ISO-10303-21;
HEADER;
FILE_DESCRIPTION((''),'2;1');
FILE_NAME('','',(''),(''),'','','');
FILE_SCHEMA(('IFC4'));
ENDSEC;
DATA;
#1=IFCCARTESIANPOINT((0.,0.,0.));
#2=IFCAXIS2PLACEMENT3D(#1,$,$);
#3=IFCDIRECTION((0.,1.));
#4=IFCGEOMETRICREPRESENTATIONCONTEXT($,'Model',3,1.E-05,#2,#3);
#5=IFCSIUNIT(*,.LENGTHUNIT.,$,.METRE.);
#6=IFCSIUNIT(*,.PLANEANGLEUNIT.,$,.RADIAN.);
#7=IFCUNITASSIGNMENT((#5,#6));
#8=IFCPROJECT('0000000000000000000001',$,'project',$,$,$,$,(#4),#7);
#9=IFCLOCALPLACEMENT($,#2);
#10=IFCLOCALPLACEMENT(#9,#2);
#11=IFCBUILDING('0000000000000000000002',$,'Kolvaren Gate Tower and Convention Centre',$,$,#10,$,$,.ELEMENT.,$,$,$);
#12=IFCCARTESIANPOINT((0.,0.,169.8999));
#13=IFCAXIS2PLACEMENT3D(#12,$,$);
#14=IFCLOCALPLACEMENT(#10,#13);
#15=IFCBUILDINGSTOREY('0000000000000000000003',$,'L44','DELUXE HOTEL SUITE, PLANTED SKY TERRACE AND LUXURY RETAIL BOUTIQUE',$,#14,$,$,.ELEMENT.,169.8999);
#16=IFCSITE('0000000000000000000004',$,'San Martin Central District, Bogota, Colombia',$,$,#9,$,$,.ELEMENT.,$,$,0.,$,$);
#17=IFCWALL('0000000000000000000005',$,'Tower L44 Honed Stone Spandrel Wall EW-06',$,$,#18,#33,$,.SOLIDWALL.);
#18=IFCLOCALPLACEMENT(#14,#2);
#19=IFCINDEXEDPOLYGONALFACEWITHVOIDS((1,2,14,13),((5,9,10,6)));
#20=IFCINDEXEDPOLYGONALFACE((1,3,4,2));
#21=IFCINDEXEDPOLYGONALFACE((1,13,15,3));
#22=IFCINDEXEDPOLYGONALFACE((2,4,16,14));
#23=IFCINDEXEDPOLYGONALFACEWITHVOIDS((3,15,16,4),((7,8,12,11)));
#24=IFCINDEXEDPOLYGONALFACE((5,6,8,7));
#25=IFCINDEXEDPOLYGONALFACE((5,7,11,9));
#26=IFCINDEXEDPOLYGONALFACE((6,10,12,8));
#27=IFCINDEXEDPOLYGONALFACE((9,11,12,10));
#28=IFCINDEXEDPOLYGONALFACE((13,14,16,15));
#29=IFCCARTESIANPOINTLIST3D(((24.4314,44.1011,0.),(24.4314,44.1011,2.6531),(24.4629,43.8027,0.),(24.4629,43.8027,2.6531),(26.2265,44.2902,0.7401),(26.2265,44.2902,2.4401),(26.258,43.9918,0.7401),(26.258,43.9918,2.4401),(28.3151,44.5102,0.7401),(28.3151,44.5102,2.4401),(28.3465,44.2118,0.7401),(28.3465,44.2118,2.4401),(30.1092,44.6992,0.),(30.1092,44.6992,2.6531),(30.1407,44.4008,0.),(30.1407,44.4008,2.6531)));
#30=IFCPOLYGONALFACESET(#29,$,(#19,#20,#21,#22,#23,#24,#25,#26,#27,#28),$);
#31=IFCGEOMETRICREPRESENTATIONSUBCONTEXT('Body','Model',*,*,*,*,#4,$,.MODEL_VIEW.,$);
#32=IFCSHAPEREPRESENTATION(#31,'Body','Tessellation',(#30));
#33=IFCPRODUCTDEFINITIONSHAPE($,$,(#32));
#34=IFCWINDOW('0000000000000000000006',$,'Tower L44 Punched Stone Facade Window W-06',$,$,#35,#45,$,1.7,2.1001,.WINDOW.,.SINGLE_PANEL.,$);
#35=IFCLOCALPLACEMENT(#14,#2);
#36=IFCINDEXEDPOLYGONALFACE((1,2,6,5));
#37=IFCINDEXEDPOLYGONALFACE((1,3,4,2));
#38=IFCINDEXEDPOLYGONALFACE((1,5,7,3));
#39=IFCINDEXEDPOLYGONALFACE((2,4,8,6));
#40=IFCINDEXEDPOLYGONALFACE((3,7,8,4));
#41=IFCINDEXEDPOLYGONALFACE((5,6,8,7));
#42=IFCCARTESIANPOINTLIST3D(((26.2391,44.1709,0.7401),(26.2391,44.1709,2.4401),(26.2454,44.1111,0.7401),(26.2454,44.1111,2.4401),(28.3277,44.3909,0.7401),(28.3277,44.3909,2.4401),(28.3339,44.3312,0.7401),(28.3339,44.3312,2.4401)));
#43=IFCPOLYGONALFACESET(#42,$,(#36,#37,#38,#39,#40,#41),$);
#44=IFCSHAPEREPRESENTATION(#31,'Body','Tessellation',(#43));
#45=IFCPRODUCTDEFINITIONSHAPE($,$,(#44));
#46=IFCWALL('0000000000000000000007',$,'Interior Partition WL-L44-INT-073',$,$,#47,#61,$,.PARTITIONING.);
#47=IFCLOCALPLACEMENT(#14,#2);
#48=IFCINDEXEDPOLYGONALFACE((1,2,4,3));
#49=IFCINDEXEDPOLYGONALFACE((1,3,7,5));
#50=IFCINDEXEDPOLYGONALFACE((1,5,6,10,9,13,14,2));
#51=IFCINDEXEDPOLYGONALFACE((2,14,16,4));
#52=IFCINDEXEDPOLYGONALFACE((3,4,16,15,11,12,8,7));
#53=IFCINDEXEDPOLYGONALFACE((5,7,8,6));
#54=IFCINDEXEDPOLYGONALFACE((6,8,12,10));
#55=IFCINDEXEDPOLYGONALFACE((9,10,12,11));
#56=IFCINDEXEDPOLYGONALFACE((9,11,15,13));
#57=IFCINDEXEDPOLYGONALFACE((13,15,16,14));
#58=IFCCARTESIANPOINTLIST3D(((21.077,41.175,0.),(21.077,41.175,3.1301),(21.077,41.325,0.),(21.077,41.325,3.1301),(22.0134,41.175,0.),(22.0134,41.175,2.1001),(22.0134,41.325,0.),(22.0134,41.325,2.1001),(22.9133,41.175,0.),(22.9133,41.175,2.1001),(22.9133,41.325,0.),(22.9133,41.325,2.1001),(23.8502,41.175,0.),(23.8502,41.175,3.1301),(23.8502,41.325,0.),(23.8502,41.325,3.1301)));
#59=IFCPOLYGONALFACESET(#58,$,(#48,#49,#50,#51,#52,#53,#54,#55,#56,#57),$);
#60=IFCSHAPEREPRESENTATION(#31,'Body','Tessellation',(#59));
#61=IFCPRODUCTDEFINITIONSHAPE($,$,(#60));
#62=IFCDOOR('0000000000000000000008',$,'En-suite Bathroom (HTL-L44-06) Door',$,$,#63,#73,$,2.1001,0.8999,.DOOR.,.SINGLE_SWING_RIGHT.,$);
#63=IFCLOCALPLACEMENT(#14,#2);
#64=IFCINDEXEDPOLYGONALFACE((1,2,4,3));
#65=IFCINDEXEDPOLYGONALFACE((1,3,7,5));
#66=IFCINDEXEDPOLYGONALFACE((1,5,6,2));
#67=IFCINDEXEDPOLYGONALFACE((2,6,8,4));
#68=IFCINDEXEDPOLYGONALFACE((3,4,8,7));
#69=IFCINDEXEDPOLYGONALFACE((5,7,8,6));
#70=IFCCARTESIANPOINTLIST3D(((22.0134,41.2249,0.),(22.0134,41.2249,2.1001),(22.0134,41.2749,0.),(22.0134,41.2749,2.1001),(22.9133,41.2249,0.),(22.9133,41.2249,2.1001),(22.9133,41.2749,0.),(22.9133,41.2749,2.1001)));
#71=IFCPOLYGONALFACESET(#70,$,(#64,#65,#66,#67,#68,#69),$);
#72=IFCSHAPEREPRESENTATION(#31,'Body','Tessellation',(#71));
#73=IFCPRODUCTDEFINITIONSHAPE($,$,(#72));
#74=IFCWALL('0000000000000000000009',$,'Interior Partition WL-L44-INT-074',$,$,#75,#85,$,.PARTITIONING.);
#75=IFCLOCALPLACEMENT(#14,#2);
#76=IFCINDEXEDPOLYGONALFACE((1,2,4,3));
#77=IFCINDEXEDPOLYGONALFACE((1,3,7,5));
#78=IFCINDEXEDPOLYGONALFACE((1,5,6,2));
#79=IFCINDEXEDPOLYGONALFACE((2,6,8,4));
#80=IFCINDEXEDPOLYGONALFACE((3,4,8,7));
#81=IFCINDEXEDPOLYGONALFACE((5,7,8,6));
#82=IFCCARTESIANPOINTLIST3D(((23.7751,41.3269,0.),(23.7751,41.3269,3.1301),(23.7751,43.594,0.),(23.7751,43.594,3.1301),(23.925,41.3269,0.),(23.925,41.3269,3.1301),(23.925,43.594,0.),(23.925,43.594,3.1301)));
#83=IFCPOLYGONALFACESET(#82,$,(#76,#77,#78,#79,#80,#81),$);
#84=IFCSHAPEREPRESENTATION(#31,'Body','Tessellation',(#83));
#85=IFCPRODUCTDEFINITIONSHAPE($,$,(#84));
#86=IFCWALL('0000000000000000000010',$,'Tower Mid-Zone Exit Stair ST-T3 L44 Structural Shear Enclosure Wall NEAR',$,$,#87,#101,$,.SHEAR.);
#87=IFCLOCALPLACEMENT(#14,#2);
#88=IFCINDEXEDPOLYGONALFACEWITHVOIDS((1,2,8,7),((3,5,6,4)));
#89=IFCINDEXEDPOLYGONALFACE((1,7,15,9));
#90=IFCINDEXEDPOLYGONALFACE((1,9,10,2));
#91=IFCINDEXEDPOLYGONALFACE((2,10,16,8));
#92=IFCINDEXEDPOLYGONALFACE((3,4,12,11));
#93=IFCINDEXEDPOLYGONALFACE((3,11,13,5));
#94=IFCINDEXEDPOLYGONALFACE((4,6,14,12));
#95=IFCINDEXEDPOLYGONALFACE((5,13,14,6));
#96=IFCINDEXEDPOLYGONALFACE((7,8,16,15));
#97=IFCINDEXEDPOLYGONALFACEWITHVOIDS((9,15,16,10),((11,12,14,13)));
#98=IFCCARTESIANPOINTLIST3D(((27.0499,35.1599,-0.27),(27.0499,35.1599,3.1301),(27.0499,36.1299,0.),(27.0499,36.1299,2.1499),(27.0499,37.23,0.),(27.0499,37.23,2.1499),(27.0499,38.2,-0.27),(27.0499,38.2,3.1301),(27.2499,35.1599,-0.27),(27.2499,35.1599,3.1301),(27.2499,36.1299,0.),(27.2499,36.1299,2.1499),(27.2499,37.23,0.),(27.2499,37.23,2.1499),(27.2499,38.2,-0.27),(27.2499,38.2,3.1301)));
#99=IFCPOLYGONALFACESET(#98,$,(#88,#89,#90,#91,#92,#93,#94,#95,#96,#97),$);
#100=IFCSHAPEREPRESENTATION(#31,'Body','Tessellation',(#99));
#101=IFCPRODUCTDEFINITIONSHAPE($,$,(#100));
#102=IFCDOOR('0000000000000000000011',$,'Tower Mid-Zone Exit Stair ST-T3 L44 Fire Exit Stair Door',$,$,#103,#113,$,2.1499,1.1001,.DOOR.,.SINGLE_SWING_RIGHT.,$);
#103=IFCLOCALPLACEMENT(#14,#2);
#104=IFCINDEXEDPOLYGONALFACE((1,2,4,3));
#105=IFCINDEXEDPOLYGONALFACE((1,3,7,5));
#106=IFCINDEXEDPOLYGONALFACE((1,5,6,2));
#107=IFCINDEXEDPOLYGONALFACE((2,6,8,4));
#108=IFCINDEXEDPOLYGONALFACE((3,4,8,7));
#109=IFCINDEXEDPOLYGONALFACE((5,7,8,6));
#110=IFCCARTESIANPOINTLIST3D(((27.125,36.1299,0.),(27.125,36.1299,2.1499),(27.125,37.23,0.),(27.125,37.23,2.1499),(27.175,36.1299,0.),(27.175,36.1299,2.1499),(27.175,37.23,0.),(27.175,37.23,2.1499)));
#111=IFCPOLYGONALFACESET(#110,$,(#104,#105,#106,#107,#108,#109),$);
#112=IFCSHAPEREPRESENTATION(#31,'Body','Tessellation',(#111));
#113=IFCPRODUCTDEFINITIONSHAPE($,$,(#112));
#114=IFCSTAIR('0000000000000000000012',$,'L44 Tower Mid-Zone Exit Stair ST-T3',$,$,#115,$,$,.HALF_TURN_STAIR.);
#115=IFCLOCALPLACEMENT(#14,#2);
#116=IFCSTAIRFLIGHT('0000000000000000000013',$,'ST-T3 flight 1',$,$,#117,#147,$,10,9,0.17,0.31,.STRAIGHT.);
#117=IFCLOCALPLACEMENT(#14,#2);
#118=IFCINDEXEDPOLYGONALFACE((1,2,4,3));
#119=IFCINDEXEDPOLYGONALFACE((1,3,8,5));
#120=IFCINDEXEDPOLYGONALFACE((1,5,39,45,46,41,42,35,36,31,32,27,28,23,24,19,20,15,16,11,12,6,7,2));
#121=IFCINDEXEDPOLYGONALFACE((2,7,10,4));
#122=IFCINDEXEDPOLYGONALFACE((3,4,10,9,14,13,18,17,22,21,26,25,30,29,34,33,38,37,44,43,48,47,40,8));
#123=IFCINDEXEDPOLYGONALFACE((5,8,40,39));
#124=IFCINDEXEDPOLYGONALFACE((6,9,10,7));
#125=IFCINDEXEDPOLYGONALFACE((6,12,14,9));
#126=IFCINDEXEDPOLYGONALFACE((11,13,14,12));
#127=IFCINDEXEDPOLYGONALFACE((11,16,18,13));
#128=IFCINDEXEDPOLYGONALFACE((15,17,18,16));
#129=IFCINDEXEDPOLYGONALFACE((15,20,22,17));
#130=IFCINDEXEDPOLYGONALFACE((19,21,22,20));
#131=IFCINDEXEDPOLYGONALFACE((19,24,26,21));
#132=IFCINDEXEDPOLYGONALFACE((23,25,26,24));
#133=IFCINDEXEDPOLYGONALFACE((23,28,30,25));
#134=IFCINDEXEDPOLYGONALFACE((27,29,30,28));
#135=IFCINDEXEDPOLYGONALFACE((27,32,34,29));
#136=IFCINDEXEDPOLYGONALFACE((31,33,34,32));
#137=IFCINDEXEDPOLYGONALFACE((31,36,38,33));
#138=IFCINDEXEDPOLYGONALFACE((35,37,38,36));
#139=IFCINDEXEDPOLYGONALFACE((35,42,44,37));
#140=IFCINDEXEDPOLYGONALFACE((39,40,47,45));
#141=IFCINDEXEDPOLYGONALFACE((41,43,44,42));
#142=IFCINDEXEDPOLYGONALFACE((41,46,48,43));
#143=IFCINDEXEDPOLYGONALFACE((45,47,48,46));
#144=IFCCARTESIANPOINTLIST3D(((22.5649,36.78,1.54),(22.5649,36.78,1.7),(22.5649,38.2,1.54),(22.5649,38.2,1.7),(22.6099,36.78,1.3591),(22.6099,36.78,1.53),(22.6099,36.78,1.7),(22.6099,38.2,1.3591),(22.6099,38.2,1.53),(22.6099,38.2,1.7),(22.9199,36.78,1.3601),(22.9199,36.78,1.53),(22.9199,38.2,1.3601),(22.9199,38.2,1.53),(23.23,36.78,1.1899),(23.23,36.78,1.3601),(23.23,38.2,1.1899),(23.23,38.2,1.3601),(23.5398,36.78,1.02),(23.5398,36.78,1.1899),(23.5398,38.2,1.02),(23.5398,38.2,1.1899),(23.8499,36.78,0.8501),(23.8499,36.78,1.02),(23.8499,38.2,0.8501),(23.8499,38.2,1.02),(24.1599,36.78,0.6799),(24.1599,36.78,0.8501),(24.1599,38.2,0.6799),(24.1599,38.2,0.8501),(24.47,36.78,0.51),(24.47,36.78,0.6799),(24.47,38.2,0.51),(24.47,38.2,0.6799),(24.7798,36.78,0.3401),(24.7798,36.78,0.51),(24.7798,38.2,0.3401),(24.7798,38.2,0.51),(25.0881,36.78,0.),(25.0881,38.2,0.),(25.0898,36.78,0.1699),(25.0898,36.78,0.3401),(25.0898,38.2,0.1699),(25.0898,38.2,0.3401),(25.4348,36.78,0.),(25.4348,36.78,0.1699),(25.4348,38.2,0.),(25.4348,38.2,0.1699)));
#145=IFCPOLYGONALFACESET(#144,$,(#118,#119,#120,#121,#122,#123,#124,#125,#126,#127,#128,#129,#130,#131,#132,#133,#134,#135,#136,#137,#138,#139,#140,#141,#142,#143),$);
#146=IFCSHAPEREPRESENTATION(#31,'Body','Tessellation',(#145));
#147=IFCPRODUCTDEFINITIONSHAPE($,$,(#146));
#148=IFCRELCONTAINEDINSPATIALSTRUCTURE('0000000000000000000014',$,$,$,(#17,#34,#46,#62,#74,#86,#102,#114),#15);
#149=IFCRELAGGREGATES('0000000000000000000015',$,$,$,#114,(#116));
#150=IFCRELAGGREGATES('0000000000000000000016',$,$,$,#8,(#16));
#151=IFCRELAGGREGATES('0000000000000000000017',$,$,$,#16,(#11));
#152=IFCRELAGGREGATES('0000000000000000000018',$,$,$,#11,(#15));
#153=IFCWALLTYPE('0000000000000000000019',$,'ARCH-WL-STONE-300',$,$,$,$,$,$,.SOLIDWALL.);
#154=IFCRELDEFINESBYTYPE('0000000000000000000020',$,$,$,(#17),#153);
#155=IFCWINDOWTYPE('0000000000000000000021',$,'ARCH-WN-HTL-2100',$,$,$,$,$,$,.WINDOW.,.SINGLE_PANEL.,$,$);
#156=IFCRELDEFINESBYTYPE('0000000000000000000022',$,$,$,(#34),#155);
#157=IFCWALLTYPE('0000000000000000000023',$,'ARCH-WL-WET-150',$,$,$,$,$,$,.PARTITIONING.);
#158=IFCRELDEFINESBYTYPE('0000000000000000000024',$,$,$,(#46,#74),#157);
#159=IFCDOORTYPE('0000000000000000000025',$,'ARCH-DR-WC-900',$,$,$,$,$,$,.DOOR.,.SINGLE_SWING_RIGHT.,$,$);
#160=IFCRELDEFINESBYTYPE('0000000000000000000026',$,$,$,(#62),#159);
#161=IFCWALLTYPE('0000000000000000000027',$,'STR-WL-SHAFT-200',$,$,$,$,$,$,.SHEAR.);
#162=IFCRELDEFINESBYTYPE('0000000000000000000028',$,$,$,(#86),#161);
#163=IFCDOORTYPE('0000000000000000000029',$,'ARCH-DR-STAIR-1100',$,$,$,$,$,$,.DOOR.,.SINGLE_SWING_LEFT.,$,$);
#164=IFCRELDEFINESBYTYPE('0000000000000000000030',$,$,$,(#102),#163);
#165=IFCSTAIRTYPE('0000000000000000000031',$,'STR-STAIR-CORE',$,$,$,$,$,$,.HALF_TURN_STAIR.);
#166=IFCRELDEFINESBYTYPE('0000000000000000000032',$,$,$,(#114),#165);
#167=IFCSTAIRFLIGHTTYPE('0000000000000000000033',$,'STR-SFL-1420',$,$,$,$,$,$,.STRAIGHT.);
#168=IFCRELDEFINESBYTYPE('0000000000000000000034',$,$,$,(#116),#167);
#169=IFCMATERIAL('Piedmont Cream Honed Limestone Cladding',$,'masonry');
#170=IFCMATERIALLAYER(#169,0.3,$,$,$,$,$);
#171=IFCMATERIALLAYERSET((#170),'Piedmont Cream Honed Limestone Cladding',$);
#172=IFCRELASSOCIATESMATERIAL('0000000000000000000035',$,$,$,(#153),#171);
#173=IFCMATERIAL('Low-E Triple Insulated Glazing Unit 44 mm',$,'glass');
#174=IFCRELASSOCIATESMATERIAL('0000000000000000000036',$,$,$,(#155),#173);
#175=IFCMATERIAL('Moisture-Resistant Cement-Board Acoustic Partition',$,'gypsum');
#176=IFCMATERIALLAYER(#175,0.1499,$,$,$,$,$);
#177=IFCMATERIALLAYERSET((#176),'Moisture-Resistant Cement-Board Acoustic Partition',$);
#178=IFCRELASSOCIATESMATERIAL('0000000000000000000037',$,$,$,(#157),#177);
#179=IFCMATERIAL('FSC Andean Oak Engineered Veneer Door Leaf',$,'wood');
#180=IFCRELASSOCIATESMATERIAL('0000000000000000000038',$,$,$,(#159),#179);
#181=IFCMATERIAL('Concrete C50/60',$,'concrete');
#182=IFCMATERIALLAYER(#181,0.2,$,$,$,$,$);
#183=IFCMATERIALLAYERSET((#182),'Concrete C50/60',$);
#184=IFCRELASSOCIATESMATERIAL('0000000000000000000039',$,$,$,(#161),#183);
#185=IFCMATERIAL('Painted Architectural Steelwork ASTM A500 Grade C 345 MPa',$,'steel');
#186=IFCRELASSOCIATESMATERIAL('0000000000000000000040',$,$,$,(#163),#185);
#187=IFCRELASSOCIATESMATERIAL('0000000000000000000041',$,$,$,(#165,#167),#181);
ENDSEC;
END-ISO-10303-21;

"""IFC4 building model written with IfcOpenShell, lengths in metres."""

from ifc_helpers import new_model, si_unit, direction, frame, frame_2d, origin, place, context, subcontext, project, spatial, polyline, rectangle, outline, extrude, material, layer, layer_set, type_object, element, fill, aggregate, save


model = new_model("IFC4")

# Units and contexts
model_context = context("Model", 3, precision=1e-05, world=origin(), true_north=direction((0.0, 1.0)))
body_context = subcontext(model_context, "Body", "Model", "MODEL_VIEW")
ifc_project = project(units=[si_unit("LENGTHUNIT", "METRE"), si_unit("PLANEANGLEUNIT", "RADIAN")], contexts=[model_context])

# Site, building, storey
site_placement = place(None, origin())
site = spatial("IfcSite", under=ifc_project, at=site_placement, Name="San Martin Central District, Bogota, Colombia", CompositionType="ELEMENT", RefElevation=0.0)
building_placement = place(site_placement, origin())
building = spatial("IfcBuilding", under=site, at=building_placement, Name="Kolvaren Gate Tower and Convention Centre", CompositionType="ELEMENT")
storey_placement = place(building_placement, frame((0.0, 0.0, 169.8999)))
storey = spatial("IfcBuildingStorey", under=building, at=storey_placement, Name="L44", Description="DELUXE HOTEL SUITE, PLANTED SKY TERRACE AND LUXURY RETAIL BOUTIQUE", CompositionType="ELEMENT", Elevation=169.8999)

# Wall, opening, window
ifc_material_1 = material(Name="Piedmont Cream Honed Limestone Cladding", Category="masonry")
ifc_layer_1 = layer(ifc_material_1, 0.3)
ifc_layer_set_1 = layer_set([ifc_layer_1], Name="Piedmont Cream Honed Limestone Cladding")
wall_type_1 = type_object("IfcWallType", Name="ARCH-WL-STONE-300", PredefinedType="SOLIDWALL", material=ifc_layer_set_1)
wall_1_placement = place(storey_placement, frame((24.4473, 43.9519, 0.0), z_axis=(0.0, 0.0, 1.0), x_axis=(0.994497, 0.104769, 0.0)))
wall_1 = element("IfcWall", 1, at=wall_1_placement, inside=storey, type_object=wall_type_1, Name="Tower L44 Honed Stone Spandrel Wall EW-06", PredefinedType="SOLIDWALL", context=body_context, shape_type="SweptSolid", body=[
    extrude(rectangle(XDim=5.7092, YDim=0.3, at=frame_2d((2.8545, 0.0))), origin(), (0.0, 0.0, 1.0), 2.6531),
])
opening_1_placement = place(wall_1_placement, frame((1.8049, 0.0, 0.74)))
opening_1 = element("IfcOpeningElement", 2, at=opening_1_placement, cuts=wall_1, PredefinedType="OPENING", context=body_context, shape_type="SweptSolid", body=[
    extrude(rectangle(XDim=2.1001, YDim=1.7, at=frame_2d((1.05, 0.8501))), frame((0.0, 0.1599, 0.0), z_axis=(0.0, -1.0, 0.0), x_axis=(1.0, 0.0, 0.0)), (0.0, 0.0, 1.0), 0.3201),
])
ifc_material_2 = material(Name="Low-E Triple Insulated Glazing Unit 44 mm", Category="glass")
window_type = type_object("IfcWindowType", Name="ARCH-WN-HTL-2100", PartitioningType="SINGLE_PANEL", PredefinedType="WINDOW", material=ifc_material_2)
window_placement = place(opening_1_placement, origin())
window = element("IfcWindow", 3, at=window_placement, inside=storey, type_object=window_type, Name="Tower L44 Punched Stone Facade Window W-06", OverallHeight=1.7, OverallWidth=2.1001, PartitioningType="SINGLE_PANEL", PredefinedType="WINDOW", context=body_context, shape_type="SweptSolid", body=[
    extrude(rectangle(XDim=2.1001, YDim=1.7, at=frame_2d((1.05, 0.8501))), frame((0.0, 0.03, 0.0), z_axis=(0.0, -1.0, 0.0), x_axis=(1.0, 0.0, 0.0)), (0.0, 0.0, 1.0), 0.0601),
])
fill(opening_1, window)

# Wall, opening, door
ifc_material_3 = material(Name="Moisture-Resistant Cement-Board Acoustic Partition", Category="gypsum")
ifc_layer_2 = layer(ifc_material_3, 0.1499)
ifc_layer_set_2 = layer_set([ifc_layer_2], Name="Moisture-Resistant Cement-Board Acoustic Partition")
wall_type_2 = type_object("IfcWallType", Name="ARCH-WL-WET-150", PredefinedType="PARTITIONING", material=ifc_layer_set_2)
wall_2_placement = place(storey_placement, frame((21.0769, 41.25, 0.0), z_axis=(0.0, 0.0, 1.0), x_axis=(1.0, 0.0, 0.0)))
wall_2 = element("IfcWall", 4, at=wall_2_placement, inside=storey, type_object=wall_type_2, Name="Interior Partition WL-L44-INT-073", PredefinedType="PARTITIONING", context=body_context, shape_type="SweptSolid", body=[
    extrude(rectangle(XDim=2.7732, YDim=0.1499, at=frame_2d((1.3867, 0.0))), origin(), (0.0, 0.0, 1.0), 3.1301),
])
opening_2_placement = place(wall_2_placement, frame((0.9365, 0.0, 0.0)))
opening_2 = element("IfcOpeningElement", 5, at=opening_2_placement, cuts=wall_2, PredefinedType="OPENING", context=body_context, shape_type="SweptSolid", body=[
    extrude(rectangle(XDim=0.8999, YDim=2.1001, at=frame_2d((0.45, 1.05))), frame((0.0, 0.085, 0.0), z_axis=(0.0, -1.0, 0.0), x_axis=(1.0, 0.0, 0.0)), (0.0, 0.0, 1.0), 0.1699),
])
ifc_material_4 = material(Name="FSC Andean Oak Engineered Veneer Door Leaf", Category="wood")
door_type_1 = type_object("IfcDoorType", Name="ARCH-DR-WC-900", OperationType="SINGLE_SWING_RIGHT", PredefinedType="DOOR", material=ifc_material_4)
door_1_placement = place(opening_2_placement, origin())
door_1 = element("IfcDoor", 6, at=door_1_placement, inside=storey, type_object=door_type_1, Name="En-suite Bathroom (HTL-L44-06) Door", OperationType="SINGLE_SWING_RIGHT", OverallHeight=2.1001, OverallWidth=0.8999, PredefinedType="DOOR", context=body_context, shape_type="SweptSolid", body=[
    extrude(rectangle(XDim=0.8999, YDim=2.1001, at=frame_2d((0.45, 1.05))), frame((0.0, 0.0249, 0.0), z_axis=(0.0, -1.0, 0.0), x_axis=(1.0, 0.0, 0.0)), (0.0, 0.0, 1.0), 0.05),
])
fill(opening_2, door_1)

# Wall
wall_3_placement = place(storey_placement, frame((23.8501, 41.3269, 0.0), z_axis=(0.0, 0.0, 1.0), x_axis=(0.0, 1.0, 0.0)))
element("IfcWall", 7, at=wall_3_placement, inside=storey, type_object=wall_type_2, Name="Interior Partition WL-L44-INT-074", PredefinedType="PARTITIONING", context=body_context, shape_type="SweptSolid", body=[
    extrude(rectangle(XDim=2.2671, YDim=0.1499, at=frame_2d((1.1335, 0.0))), origin(), (0.0, 0.0, 1.0), 3.1301),
])

# Wall, opening, door
ifc_material_5 = material(Name="Concrete C50/60", Category="concrete")
ifc_layer_3 = layer(ifc_material_5, 0.2)
ifc_layer_set_3 = layer_set([ifc_layer_3], Name="Concrete C50/60")
wall_type_3 = type_object("IfcWallType", Name="STR-WL-SHAFT-200", PredefinedType="SHEAR", material=ifc_layer_set_3)
wall_4_placement = place(storey_placement, frame((27.1499, 35.1599, -0.27), z_axis=(0.0, 0.0, 1.0), x_axis=(0.0, 1.0, 0.0)))
wall_4 = element("IfcWall", 8, at=wall_4_placement, inside=storey, type_object=wall_type_3, Name="Tower Mid-Zone Exit Stair ST-T3 L44 Structural Shear Enclosure Wall NEAR", PredefinedType="SHEAR", context=body_context, shape_type="SweptSolid", body=[
    extrude(rectangle(XDim=3.04, YDim=0.2, at=frame_2d((1.52, 0.0))), origin(), (0.0, 0.0, 1.0), 3.4001),
])
opening_3_placement = place(wall_4_placement, frame((0.97, 0.0, 0.27)))
opening_3 = element("IfcOpeningElement", 9, at=opening_3_placement, cuts=wall_4, PredefinedType="OPENING", context=body_context, shape_type="SweptSolid", body=[
    extrude(rectangle(XDim=1.1001, YDim=2.1499, at=frame_2d((0.55, 1.075))), frame((0.0, 0.1099, 0.0), z_axis=(0.0, -1.0, 0.0), x_axis=(1.0, 0.0, 0.0)), (0.0, 0.0, 1.0), 0.22),
])
ifc_material_6 = material(Name="Painted Architectural Steelwork ASTM A500 Grade C 345 MPa", Category="steel")
door_type_2 = type_object("IfcDoorType", Name="ARCH-DR-STAIR-1100", OperationType="SINGLE_SWING_LEFT", PredefinedType="DOOR", material=ifc_material_6)
door_2_placement = place(opening_3_placement, origin())
door_2 = element("IfcDoor", 10, at=door_2_placement, inside=storey, type_object=door_type_2, Name="Tower Mid-Zone Exit Stair ST-T3 L44 Fire Exit Stair Door", OperationType="SINGLE_SWING_RIGHT", OverallHeight=2.1499, OverallWidth=1.1001, PredefinedType="DOOR", context=body_context, shape_type="SweptSolid", body=[
    extrude(rectangle(XDim=1.1001, YDim=2.1499, at=frame_2d((0.55, 1.075))), frame((0.0, 0.0249, 0.0), z_axis=(0.0, -1.0, 0.0), x_axis=(1.0, 0.0, 0.0)), (0.0, 0.0, 1.0), 0.05),
])
fill(opening_3, door_2)

# Stair, stair flight
stair_type = type_object("IfcStairType", Name="STR-STAIR-CORE", PredefinedType="HALF_TURN_STAIR", material=ifc_material_5)
stair_placement = place(storey_placement, origin())
stair = element("IfcStair", 11, at=stair_placement, inside=storey, type_object=stair_type, Name="L44 Tower Mid-Zone Exit Stair ST-T3", PredefinedType="HALF_TURN_STAIR")
stair_flight_type = type_object("IfcStairFlightType", Name="STR-SFL-1420", PredefinedType="STRAIGHT", material=ifc_material_5)
stair_flight_1_placement = place(storey_placement, frame((25.3999, 37.49, 0.0), z_axis=(0.0, 0.0, 1.0), x_axis=(-1.0, 0.0, 0.0)))
stair_flight_1 = element("IfcStairFlight", 12, at=stair_flight_1_placement, type_object=stair_flight_type, Name="ST-T3 flight 1", NumberOfRisers=10, NumberOfTreads=9, PredefinedType="STRAIGHT", RiserHeight=0.17, TreadLength=0.31, context=body_context, shape_type="SweptSolid", body=[
    extrude(outline(polyline([(-0.0349, 0.0), (-0.0349, 0.1699), (0.3101, 0.1699), (0.3101, 0.3401), (0.6201, 0.3401), (0.6201, 0.51), (0.9299, 0.51), (0.9299, 0.6799), (1.24, 0.6799), (1.24, 0.8501), (1.55, 0.8501), (1.55, 1.02), (1.8601, 1.02), (1.8601, 1.1899), (2.1699, 1.1899), (2.1699, 1.3601), (2.48, 1.3601), (2.48, 1.53), (2.79, 1.53), (2.79, 1.7), (2.835, 1.7), (2.835, 1.54), (2.79, 1.3591), (0.3118, 0.0), (-0.0349, 0.0)])), frame((0.0, 0.71, 0.0), z_axis=(0.0, -1.0, 0.0), x_axis=(1.0, 0.0, 0.0)), (0.0, 0.0, 1.0), 1.4199),
])
aggregate(stair, [stair_flight_1])

save(model, "model.ifc")
